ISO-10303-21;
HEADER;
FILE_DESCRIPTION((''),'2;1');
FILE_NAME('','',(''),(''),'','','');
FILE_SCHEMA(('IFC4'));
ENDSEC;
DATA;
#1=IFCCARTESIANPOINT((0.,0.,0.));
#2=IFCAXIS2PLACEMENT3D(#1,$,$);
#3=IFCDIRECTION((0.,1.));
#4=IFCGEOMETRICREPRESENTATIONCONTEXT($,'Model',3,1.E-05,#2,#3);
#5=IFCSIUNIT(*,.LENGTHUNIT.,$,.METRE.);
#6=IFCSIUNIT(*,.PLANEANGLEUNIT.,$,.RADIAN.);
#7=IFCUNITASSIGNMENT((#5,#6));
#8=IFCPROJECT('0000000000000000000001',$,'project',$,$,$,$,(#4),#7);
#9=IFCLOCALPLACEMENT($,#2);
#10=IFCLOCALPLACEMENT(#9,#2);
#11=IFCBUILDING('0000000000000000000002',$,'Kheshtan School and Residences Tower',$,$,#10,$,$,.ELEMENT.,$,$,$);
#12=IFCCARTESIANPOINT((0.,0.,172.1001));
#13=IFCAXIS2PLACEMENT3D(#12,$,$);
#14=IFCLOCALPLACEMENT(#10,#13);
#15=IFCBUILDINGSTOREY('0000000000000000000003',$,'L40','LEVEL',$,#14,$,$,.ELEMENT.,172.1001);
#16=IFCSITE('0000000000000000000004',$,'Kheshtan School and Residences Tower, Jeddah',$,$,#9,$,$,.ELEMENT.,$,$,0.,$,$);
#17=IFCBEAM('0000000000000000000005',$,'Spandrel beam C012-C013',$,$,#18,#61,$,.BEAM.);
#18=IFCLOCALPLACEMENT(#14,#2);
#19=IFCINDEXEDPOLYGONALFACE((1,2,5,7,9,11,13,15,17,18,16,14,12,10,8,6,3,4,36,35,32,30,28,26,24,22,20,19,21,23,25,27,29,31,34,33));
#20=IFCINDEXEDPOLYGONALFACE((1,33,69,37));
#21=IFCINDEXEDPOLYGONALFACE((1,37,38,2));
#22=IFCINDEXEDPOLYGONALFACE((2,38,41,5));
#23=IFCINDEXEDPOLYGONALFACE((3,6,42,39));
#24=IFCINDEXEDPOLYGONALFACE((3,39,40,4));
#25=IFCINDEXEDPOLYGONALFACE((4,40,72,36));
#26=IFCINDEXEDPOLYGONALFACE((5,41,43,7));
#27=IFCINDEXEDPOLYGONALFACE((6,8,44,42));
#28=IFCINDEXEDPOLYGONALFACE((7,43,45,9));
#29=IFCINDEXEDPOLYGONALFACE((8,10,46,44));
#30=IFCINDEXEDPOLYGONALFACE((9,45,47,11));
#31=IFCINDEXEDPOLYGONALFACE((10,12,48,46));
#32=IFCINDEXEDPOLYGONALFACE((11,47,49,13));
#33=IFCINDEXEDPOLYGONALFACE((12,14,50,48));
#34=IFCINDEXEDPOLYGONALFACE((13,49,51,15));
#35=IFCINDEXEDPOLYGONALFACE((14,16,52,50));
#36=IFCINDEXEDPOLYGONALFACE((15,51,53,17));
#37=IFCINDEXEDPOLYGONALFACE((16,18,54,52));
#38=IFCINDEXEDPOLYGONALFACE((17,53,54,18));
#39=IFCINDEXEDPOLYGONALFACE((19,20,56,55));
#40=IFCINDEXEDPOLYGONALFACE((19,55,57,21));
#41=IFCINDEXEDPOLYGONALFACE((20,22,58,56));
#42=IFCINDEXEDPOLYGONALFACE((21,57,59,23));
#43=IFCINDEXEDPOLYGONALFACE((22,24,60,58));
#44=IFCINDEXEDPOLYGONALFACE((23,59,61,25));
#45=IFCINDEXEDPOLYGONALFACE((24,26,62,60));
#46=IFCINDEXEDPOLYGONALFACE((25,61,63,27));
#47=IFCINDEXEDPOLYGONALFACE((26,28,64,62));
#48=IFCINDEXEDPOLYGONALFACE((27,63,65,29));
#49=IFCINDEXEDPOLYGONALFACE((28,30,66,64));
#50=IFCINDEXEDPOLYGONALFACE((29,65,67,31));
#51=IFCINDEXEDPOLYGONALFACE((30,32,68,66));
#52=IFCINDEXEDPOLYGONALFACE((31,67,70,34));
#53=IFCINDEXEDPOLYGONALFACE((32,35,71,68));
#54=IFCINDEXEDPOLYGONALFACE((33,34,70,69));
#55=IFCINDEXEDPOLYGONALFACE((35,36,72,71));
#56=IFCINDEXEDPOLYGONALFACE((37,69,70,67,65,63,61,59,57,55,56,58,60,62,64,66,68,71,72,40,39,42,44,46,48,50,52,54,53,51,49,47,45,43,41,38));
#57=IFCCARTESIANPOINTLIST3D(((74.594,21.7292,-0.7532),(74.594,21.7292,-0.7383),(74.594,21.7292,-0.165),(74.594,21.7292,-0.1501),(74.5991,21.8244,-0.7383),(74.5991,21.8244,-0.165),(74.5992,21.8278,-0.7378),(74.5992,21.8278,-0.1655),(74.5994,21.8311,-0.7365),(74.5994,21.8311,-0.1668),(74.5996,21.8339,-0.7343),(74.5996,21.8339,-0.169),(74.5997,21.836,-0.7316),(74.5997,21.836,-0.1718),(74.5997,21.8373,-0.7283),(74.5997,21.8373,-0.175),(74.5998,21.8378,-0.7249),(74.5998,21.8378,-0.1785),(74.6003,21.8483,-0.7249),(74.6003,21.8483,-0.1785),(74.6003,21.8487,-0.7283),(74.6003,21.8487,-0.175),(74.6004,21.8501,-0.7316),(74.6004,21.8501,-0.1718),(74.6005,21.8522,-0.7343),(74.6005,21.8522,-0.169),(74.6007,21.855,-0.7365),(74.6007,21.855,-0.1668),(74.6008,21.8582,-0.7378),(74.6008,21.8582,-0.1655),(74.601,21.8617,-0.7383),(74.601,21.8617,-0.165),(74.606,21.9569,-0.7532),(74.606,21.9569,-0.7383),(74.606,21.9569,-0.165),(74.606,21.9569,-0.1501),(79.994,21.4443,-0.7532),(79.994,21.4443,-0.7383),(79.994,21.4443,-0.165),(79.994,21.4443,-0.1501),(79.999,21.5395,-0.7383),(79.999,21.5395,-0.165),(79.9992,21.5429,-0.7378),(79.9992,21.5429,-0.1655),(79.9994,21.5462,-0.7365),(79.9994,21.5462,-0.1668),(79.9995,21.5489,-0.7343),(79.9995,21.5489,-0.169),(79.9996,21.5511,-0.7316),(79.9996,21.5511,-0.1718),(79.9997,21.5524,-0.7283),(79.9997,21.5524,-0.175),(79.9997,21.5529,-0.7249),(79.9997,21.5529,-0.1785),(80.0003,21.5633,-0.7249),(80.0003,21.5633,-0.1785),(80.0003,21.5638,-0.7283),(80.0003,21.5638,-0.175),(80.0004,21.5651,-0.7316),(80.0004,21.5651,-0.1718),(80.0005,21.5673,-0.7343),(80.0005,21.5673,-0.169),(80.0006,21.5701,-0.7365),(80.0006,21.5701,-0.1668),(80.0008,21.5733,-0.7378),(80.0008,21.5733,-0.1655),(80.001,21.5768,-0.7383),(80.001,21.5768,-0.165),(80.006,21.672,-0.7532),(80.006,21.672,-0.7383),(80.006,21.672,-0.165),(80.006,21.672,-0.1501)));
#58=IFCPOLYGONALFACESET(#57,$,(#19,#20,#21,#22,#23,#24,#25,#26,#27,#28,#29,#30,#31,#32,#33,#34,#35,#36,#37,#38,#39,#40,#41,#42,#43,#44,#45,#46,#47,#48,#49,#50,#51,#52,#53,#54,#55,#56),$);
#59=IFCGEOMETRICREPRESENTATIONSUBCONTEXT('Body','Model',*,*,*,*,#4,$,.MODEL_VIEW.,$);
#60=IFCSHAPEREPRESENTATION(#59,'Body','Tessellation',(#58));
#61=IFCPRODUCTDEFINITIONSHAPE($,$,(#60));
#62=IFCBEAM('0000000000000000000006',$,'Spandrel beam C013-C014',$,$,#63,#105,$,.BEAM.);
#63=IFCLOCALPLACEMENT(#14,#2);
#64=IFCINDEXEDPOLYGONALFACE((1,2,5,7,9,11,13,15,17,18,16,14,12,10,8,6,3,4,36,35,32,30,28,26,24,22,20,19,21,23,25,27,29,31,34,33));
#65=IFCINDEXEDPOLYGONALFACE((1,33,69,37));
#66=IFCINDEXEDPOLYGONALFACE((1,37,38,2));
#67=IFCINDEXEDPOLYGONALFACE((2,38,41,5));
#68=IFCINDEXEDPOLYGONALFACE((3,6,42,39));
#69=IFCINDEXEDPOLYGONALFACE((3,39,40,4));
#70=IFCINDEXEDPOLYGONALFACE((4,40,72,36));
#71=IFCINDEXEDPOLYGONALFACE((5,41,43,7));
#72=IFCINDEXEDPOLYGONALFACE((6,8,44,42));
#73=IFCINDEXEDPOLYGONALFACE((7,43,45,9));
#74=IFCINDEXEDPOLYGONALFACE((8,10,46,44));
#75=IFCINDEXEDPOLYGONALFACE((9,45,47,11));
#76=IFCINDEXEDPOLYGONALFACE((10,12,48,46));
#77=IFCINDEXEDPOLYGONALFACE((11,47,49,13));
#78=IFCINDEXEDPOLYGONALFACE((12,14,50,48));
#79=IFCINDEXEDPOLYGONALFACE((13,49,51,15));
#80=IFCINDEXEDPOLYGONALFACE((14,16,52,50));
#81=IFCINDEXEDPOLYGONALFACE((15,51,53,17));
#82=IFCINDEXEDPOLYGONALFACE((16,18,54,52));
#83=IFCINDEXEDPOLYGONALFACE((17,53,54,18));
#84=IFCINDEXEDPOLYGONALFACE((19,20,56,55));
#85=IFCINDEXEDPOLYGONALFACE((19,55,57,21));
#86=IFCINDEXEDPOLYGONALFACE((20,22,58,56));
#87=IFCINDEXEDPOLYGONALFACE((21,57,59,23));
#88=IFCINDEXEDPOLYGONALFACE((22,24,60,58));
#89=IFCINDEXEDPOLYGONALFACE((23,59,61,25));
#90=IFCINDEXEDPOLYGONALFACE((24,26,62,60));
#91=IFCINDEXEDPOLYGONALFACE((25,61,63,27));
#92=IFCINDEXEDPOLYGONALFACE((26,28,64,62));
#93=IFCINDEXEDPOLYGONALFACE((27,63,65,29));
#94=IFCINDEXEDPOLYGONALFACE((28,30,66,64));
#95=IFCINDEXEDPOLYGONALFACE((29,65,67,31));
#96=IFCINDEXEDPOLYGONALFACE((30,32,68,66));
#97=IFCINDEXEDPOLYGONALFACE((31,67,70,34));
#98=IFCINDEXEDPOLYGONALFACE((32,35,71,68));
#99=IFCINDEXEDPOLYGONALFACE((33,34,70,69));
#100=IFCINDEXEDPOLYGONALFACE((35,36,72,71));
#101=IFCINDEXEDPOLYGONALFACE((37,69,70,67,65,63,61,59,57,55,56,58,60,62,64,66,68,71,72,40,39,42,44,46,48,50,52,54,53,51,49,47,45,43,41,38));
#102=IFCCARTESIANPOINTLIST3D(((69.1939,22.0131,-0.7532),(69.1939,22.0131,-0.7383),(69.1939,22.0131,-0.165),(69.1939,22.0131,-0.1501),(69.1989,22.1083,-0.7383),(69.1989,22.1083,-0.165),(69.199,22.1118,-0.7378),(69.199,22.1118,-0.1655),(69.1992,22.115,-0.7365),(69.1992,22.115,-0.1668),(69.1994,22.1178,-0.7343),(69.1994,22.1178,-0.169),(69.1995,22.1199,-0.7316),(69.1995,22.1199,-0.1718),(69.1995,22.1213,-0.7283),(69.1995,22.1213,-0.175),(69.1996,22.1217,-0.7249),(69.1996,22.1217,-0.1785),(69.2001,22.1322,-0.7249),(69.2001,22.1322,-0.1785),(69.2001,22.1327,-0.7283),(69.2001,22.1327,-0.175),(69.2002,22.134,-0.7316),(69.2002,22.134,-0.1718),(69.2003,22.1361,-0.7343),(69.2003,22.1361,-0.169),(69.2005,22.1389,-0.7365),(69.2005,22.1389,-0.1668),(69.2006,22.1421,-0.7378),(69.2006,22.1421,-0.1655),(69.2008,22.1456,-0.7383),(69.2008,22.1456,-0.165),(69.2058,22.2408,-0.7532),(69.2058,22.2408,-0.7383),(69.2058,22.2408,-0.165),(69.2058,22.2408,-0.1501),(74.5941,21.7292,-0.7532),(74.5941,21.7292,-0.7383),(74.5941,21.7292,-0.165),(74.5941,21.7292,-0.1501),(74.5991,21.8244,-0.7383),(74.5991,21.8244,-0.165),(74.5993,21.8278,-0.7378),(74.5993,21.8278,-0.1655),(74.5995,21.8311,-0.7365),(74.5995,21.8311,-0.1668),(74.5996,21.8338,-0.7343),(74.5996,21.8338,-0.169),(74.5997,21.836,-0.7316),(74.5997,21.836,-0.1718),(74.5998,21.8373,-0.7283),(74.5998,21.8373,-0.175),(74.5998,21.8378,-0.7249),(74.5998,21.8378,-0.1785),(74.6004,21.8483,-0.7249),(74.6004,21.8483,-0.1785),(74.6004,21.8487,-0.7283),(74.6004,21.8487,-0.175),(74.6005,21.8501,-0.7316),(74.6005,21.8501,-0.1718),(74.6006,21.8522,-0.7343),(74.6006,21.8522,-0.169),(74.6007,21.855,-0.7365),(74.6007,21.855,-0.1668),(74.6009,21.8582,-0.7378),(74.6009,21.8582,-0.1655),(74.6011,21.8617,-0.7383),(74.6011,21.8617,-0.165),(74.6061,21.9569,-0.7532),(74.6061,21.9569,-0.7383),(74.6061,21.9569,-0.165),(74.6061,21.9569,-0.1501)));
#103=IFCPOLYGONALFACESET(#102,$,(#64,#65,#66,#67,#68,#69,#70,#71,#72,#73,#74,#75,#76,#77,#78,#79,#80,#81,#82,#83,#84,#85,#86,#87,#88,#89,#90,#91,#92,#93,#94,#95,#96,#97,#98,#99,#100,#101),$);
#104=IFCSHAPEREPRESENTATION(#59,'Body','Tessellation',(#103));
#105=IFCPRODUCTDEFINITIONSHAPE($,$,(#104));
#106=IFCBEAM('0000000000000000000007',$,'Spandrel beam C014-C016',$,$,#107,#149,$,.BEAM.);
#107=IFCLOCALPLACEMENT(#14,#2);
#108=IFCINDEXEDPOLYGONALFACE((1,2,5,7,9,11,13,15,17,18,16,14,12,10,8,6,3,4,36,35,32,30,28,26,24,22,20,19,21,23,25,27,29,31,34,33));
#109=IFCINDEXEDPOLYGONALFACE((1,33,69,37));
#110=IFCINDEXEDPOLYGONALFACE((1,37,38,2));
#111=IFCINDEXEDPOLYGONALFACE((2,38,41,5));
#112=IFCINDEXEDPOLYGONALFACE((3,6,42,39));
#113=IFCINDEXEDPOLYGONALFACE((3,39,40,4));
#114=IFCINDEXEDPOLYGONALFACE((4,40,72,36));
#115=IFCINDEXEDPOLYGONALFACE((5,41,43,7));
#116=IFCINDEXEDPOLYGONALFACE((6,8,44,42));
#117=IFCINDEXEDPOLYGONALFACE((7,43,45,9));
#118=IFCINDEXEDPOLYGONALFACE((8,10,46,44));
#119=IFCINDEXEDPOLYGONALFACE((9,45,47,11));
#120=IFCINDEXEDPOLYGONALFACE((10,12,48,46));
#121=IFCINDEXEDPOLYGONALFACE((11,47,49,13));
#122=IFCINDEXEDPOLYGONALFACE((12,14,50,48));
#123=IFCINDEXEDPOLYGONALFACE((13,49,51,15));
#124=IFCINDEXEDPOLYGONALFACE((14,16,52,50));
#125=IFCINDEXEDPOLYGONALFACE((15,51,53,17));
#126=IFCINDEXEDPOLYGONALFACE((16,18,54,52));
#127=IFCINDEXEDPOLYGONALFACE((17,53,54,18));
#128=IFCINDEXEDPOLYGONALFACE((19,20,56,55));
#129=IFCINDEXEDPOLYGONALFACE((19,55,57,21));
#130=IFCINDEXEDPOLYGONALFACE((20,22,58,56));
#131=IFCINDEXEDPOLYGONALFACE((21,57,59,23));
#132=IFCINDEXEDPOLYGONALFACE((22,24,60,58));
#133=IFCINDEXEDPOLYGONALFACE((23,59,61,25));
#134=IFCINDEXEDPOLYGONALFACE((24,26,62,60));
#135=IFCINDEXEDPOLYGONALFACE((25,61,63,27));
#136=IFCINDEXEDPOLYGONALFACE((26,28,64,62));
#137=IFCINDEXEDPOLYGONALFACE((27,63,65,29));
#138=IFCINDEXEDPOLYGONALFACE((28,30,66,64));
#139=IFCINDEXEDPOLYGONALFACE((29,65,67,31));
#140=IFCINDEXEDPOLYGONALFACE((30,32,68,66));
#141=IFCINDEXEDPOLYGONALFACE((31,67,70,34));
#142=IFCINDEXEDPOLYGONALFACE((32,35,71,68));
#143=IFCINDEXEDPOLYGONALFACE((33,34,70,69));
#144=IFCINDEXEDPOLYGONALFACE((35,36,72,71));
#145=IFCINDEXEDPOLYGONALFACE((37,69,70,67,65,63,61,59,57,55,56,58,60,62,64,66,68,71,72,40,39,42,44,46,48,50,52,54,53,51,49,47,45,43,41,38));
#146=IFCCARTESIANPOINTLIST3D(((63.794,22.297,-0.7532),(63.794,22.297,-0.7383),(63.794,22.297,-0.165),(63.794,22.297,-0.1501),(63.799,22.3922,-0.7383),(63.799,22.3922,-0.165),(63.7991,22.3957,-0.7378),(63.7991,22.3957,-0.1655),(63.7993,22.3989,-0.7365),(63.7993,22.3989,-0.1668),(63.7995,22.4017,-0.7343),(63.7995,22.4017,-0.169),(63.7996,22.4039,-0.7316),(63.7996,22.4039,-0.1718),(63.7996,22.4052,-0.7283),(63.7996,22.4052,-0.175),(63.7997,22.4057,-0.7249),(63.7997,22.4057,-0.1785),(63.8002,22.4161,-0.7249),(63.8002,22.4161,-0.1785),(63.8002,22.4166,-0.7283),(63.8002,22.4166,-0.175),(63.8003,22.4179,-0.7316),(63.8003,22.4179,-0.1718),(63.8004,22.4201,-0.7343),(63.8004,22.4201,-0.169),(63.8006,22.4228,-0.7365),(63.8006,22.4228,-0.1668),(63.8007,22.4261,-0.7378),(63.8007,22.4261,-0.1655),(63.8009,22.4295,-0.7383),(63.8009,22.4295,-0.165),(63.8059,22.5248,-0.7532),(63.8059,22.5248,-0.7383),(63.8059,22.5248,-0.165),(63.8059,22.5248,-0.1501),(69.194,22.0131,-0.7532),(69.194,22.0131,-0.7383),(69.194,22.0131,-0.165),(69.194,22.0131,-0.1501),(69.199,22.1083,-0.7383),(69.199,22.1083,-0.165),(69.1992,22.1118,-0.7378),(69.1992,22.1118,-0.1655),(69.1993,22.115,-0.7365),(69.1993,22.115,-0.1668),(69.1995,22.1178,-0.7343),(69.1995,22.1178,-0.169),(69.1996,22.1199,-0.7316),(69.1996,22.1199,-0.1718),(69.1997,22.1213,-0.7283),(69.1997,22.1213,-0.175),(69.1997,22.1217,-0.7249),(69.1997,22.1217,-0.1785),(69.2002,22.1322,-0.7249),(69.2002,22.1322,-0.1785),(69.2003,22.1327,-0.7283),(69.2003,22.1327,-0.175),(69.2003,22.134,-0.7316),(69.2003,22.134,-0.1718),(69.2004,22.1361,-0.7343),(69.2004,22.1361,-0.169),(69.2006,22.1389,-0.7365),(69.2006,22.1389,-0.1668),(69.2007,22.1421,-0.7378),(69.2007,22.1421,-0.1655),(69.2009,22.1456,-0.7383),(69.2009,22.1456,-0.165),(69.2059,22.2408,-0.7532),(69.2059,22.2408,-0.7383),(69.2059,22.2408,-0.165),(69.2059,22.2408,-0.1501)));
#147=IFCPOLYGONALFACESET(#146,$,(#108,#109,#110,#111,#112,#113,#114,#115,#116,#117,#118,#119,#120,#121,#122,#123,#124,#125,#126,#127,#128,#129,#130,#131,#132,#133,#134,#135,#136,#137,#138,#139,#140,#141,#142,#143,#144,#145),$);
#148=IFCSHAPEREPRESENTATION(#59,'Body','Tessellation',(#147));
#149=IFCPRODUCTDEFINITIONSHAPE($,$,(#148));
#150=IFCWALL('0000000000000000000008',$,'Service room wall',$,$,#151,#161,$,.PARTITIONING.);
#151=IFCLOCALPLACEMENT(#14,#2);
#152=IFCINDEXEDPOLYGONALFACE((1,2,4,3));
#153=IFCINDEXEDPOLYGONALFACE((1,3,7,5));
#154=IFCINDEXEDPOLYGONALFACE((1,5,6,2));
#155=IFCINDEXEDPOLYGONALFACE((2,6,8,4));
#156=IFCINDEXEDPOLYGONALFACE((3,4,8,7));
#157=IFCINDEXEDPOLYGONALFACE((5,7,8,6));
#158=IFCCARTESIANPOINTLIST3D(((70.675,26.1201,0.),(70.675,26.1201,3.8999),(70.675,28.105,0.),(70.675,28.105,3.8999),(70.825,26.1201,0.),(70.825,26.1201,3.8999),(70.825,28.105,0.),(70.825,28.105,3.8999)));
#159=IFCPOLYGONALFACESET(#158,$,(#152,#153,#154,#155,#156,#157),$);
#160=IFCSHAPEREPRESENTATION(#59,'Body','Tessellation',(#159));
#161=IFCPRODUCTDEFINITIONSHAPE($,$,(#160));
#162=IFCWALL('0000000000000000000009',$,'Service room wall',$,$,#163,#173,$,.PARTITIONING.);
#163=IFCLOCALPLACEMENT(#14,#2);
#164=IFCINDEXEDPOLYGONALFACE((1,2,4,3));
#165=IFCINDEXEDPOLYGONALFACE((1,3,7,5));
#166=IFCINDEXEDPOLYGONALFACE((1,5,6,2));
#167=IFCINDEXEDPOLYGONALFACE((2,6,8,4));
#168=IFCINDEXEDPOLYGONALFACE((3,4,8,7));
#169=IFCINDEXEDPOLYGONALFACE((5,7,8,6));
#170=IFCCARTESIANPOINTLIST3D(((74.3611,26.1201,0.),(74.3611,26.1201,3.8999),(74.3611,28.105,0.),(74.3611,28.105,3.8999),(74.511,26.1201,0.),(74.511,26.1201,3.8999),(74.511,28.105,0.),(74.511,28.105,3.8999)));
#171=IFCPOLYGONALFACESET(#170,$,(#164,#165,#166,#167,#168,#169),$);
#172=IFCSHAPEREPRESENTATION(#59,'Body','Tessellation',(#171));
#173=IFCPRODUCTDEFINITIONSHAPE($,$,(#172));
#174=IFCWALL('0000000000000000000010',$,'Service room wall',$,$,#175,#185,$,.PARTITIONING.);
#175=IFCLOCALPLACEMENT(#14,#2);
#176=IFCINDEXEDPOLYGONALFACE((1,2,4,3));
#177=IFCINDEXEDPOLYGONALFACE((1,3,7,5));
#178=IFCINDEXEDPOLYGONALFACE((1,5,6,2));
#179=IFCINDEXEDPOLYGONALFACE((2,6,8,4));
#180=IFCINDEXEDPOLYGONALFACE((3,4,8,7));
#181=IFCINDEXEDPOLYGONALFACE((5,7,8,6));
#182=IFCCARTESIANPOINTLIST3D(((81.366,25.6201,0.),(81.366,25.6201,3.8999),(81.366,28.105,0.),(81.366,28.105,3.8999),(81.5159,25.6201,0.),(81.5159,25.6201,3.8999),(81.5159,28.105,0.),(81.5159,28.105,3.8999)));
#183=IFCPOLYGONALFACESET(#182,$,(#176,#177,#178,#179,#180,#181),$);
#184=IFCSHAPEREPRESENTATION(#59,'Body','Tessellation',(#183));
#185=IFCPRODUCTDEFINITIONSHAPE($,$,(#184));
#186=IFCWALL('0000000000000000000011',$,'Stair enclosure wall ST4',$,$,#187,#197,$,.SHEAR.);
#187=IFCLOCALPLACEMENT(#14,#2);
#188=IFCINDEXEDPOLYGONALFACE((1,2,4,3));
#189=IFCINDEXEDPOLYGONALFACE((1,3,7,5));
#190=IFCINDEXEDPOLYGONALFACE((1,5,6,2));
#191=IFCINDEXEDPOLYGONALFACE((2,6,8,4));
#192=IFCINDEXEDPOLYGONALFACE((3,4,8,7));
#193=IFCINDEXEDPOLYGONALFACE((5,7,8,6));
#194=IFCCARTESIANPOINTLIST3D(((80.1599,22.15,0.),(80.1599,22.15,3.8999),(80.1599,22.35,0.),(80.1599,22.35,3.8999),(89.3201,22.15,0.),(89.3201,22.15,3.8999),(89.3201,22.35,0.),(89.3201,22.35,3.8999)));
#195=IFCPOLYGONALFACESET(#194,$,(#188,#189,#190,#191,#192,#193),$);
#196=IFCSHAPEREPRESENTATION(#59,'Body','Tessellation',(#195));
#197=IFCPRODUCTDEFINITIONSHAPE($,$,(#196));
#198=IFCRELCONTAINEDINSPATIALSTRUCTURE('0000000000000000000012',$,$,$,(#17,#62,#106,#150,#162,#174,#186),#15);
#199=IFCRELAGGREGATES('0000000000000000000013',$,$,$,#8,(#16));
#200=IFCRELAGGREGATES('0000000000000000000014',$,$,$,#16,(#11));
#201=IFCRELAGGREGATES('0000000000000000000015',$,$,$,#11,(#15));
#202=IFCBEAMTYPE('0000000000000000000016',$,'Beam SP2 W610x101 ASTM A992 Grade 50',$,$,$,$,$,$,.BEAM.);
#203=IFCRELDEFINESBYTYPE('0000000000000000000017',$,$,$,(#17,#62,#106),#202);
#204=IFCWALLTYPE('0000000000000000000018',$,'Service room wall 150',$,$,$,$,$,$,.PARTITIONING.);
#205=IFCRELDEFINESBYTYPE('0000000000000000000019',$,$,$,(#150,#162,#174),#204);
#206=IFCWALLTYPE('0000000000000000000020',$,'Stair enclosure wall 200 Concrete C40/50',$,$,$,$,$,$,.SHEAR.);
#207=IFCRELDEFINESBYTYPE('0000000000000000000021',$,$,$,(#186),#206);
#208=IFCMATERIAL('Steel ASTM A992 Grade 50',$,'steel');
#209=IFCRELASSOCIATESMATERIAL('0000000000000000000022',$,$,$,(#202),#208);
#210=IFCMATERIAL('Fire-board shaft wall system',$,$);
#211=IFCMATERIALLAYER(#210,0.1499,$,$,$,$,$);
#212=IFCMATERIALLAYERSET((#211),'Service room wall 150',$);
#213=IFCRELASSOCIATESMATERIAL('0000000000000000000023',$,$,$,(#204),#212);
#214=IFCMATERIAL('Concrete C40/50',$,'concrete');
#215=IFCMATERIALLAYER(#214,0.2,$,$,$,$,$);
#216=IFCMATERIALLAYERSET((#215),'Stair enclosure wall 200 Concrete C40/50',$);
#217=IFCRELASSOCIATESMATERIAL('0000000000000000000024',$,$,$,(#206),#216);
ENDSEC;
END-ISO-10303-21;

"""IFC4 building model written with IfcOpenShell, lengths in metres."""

from ifc_helpers import new_model, si_unit, direction, frame, frame_2d, origin, origin_2d, place, context, subcontext, project, spatial, rectangle, i_section, extrude, material, layer, layer_set, material_profile, profile_set, type_object, element, save


model = new_model("IFC4")

# Units and contexts
model_context = context("Model", 3, precision=1e-05, world=origin(), true_north=direction((0.0, 1.0)))
body_context = subcontext(model_context, "Body", "Model", "MODEL_VIEW")
ifc_project = project(units=[si_unit("LENGTHUNIT", "METRE"), si_unit("PLANEANGLEUNIT", "RADIAN")], contexts=[model_context])

# Site, building, storey
site_placement = place(None, origin())
site = spatial("IfcSite", under=ifc_project, at=site_placement, Name="Kheshtan School and Residences Tower, Jeddah", CompositionType="ELEMENT", RefElevation=0.0)
building_placement = place(site_placement, origin())
building = spatial("IfcBuilding", under=site, at=building_placement, Name="Kheshtan School and Residences Tower", CompositionType="ELEMENT")
storey_placement = place(building_placement, frame((0.0, 0.0, 172.1001)))
storey = spatial("IfcBuildingStorey", under=building, at=storey_placement, Name="L40", Description="LEVEL", CompositionType="ELEMENT", Elevation=172.1001)

# Shared definitions
ifc_material_1 = material(Name="Steel ASTM A992 Grade 50", Category="steel")

# Beams
ifc_material_profile_1 = material_profile(ifc_material_1, i_section(OverallWidth=0.228, OverallDepth=0.603, WebThickness=0.0105, FlangeThickness=0.0149, FilletRadius=0.0134, at=origin_2d()), Name="W610x101")
ifc_profile_set_1 = profile_set([ifc_material_profile_1], Name="Steel ASTM A992 Grade 50")
beam_type_1 = type_object("IfcBeamType", Name="Beam SP2 W610x101 ASTM A992 Grade 50", PredefinedType="BEAM", material=ifc_profile_set_1)
beam_1_placement = place(storey_placement, frame((80.0, 21.5581, -0.4517), z_axis=(-0.998611, 0.052689, 0.0), x_axis=(-0.052689, -0.998611, 0.0)))
element("IfcBeam", 1, at=beam_1_placement, inside=storey, type_object=beam_type_1, Name="Spandrel beam C012-C013", PredefinedType="BEAM", context=body_context, shape_type="SweptSolid", body=[
    extrude(i_section(OverallWidth=0.228, OverallDepth=0.603, WebThickness=0.0105, FlangeThickness=0.0149, FilletRadius=0.0134, at=origin_2d()), origin(), (0.0, 0.0, 1.0), 5.4075),
])
beam_2_placement = place(storey_placement, frame((74.6001, 21.843, -0.4517), z_axis=(-0.998621, 0.052507, 0.0), x_axis=(-0.052507, -0.998621, 0.0)))
element("IfcBeam", 2, at=beam_2_placement, inside=storey, type_object=beam_type_1, Name="Spandrel beam C013-C014", PredefinedType="BEAM", context=body_context, shape_type="SweptSolid", body=[
    extrude(i_section(OverallWidth=0.228, OverallDepth=0.603, WebThickness=0.0105, FlangeThickness=0.0149, FilletRadius=0.0134, at=origin_2d()), origin(), (0.0, 0.0, 1.0), 5.4077),
])
beam_3_placement = place(storey_placement, frame((69.2, 22.127, -0.4517), z_axis=(-0.99862, 0.052509, 0.0), x_axis=(-0.052509, -0.99862, 0.0)))
element("IfcBeam", 3, at=beam_3_placement, inside=storey, type_object=beam_type_1, Name="Spandrel beam C014-C016", PredefinedType="BEAM", context=body_context, shape_type="SweptSolid", body=[
    extrude(i_section(OverallWidth=0.228, OverallDepth=0.603, WebThickness=0.0105, FlangeThickness=0.0149, FilletRadius=0.0134, at=origin_2d()), origin(), (0.0, 0.0, 1.0), 5.4075),
])

# Walls
ifc_material_2 = material(Name="Fire-board shaft wall system")
ifc_layer_1 = layer(ifc_material_2, 0.1499)
ifc_layer_set_1 = layer_set([ifc_layer_1], Name="Service room wall 150")
wall_type_1 = type_object("IfcWallType", Name="Service room wall 150", PredefinedType="PARTITIONING", material=ifc_layer_set_1)
for number, where, z_axis, x_axis, name in (
    (4, (70.75, 26.1201, 0.0), (0.0, 0.0, 1.0), (0.0, 1.0, 0.0), "Service room wall"),
    (5, (74.436, 26.1201, 0.0), (0.0, 0.0, 1.0), (0.0, 1.0, 0.0), "Service room wall"),
):
    element("IfcWall", number, at=place(storey_placement, frame(where, z_axis=z_axis, x_axis=x_axis)), inside=storey, type_object=wall_type_1, Name=name, PredefinedType="PARTITIONING", context=body_context, shape_type="SweptSolid", body=[
        extrude(rectangle(XDim=1.9849, YDim=0.1499, at=frame_2d((0.9924, 0.0))), origin(), (0.0, 0.0, 1.0), 3.8999),
    ])
wall_1_placement = place(storey_placement, frame((81.4409, 25.6201, 0.0), z_axis=(0.0, 0.0, 1.0), x_axis=(0.0, 1.0, 0.0)))
element("IfcWall", 6, at=wall_1_placement, inside=storey, type_object=wall_type_1, Name="Service room wall", PredefinedType="PARTITIONING", context=body_context, shape_type="SweptSolid", body=[
    extrude(rectangle(XDim=2.4849, YDim=0.1499, at=frame_2d((1.2424, 0.0))), origin(), (0.0, 0.0, 1.0), 3.8999),
])
ifc_material_3 = material(Name="Concrete C40/50", Category="concrete")
ifc_layer_2 = layer(ifc_material_3, 0.2)
ifc_layer_set_2 = layer_set([ifc_layer_2], Name="Stair enclosure wall 200 Concrete C40/50")
wall_type_2 = type_object("IfcWallType", Name="Stair enclosure wall 200 Concrete C40/50", PredefinedType="SHEAR", material=ifc_layer_set_2)
wall_2_placement = place(storey_placement, frame((80.1599, 22.25, 0.0), z_axis=(0.0, 0.0, 1.0), x_axis=(1.0, 0.0, 0.0)))
element("IfcWall", 7, at=wall_2_placement, inside=storey, type_object=wall_type_2, Name="Stair enclosure wall ST4", PredefinedType="SHEAR", context=body_context, shape_type="SweptSolid", body=[
    extrude(rectangle(XDim=9.1602, YDim=0.2, at=frame_2d((4.5801, 0.0))), origin(), (0.0, 0.0, 1.0), 3.8999),
])

save(model, "model.ifc")
